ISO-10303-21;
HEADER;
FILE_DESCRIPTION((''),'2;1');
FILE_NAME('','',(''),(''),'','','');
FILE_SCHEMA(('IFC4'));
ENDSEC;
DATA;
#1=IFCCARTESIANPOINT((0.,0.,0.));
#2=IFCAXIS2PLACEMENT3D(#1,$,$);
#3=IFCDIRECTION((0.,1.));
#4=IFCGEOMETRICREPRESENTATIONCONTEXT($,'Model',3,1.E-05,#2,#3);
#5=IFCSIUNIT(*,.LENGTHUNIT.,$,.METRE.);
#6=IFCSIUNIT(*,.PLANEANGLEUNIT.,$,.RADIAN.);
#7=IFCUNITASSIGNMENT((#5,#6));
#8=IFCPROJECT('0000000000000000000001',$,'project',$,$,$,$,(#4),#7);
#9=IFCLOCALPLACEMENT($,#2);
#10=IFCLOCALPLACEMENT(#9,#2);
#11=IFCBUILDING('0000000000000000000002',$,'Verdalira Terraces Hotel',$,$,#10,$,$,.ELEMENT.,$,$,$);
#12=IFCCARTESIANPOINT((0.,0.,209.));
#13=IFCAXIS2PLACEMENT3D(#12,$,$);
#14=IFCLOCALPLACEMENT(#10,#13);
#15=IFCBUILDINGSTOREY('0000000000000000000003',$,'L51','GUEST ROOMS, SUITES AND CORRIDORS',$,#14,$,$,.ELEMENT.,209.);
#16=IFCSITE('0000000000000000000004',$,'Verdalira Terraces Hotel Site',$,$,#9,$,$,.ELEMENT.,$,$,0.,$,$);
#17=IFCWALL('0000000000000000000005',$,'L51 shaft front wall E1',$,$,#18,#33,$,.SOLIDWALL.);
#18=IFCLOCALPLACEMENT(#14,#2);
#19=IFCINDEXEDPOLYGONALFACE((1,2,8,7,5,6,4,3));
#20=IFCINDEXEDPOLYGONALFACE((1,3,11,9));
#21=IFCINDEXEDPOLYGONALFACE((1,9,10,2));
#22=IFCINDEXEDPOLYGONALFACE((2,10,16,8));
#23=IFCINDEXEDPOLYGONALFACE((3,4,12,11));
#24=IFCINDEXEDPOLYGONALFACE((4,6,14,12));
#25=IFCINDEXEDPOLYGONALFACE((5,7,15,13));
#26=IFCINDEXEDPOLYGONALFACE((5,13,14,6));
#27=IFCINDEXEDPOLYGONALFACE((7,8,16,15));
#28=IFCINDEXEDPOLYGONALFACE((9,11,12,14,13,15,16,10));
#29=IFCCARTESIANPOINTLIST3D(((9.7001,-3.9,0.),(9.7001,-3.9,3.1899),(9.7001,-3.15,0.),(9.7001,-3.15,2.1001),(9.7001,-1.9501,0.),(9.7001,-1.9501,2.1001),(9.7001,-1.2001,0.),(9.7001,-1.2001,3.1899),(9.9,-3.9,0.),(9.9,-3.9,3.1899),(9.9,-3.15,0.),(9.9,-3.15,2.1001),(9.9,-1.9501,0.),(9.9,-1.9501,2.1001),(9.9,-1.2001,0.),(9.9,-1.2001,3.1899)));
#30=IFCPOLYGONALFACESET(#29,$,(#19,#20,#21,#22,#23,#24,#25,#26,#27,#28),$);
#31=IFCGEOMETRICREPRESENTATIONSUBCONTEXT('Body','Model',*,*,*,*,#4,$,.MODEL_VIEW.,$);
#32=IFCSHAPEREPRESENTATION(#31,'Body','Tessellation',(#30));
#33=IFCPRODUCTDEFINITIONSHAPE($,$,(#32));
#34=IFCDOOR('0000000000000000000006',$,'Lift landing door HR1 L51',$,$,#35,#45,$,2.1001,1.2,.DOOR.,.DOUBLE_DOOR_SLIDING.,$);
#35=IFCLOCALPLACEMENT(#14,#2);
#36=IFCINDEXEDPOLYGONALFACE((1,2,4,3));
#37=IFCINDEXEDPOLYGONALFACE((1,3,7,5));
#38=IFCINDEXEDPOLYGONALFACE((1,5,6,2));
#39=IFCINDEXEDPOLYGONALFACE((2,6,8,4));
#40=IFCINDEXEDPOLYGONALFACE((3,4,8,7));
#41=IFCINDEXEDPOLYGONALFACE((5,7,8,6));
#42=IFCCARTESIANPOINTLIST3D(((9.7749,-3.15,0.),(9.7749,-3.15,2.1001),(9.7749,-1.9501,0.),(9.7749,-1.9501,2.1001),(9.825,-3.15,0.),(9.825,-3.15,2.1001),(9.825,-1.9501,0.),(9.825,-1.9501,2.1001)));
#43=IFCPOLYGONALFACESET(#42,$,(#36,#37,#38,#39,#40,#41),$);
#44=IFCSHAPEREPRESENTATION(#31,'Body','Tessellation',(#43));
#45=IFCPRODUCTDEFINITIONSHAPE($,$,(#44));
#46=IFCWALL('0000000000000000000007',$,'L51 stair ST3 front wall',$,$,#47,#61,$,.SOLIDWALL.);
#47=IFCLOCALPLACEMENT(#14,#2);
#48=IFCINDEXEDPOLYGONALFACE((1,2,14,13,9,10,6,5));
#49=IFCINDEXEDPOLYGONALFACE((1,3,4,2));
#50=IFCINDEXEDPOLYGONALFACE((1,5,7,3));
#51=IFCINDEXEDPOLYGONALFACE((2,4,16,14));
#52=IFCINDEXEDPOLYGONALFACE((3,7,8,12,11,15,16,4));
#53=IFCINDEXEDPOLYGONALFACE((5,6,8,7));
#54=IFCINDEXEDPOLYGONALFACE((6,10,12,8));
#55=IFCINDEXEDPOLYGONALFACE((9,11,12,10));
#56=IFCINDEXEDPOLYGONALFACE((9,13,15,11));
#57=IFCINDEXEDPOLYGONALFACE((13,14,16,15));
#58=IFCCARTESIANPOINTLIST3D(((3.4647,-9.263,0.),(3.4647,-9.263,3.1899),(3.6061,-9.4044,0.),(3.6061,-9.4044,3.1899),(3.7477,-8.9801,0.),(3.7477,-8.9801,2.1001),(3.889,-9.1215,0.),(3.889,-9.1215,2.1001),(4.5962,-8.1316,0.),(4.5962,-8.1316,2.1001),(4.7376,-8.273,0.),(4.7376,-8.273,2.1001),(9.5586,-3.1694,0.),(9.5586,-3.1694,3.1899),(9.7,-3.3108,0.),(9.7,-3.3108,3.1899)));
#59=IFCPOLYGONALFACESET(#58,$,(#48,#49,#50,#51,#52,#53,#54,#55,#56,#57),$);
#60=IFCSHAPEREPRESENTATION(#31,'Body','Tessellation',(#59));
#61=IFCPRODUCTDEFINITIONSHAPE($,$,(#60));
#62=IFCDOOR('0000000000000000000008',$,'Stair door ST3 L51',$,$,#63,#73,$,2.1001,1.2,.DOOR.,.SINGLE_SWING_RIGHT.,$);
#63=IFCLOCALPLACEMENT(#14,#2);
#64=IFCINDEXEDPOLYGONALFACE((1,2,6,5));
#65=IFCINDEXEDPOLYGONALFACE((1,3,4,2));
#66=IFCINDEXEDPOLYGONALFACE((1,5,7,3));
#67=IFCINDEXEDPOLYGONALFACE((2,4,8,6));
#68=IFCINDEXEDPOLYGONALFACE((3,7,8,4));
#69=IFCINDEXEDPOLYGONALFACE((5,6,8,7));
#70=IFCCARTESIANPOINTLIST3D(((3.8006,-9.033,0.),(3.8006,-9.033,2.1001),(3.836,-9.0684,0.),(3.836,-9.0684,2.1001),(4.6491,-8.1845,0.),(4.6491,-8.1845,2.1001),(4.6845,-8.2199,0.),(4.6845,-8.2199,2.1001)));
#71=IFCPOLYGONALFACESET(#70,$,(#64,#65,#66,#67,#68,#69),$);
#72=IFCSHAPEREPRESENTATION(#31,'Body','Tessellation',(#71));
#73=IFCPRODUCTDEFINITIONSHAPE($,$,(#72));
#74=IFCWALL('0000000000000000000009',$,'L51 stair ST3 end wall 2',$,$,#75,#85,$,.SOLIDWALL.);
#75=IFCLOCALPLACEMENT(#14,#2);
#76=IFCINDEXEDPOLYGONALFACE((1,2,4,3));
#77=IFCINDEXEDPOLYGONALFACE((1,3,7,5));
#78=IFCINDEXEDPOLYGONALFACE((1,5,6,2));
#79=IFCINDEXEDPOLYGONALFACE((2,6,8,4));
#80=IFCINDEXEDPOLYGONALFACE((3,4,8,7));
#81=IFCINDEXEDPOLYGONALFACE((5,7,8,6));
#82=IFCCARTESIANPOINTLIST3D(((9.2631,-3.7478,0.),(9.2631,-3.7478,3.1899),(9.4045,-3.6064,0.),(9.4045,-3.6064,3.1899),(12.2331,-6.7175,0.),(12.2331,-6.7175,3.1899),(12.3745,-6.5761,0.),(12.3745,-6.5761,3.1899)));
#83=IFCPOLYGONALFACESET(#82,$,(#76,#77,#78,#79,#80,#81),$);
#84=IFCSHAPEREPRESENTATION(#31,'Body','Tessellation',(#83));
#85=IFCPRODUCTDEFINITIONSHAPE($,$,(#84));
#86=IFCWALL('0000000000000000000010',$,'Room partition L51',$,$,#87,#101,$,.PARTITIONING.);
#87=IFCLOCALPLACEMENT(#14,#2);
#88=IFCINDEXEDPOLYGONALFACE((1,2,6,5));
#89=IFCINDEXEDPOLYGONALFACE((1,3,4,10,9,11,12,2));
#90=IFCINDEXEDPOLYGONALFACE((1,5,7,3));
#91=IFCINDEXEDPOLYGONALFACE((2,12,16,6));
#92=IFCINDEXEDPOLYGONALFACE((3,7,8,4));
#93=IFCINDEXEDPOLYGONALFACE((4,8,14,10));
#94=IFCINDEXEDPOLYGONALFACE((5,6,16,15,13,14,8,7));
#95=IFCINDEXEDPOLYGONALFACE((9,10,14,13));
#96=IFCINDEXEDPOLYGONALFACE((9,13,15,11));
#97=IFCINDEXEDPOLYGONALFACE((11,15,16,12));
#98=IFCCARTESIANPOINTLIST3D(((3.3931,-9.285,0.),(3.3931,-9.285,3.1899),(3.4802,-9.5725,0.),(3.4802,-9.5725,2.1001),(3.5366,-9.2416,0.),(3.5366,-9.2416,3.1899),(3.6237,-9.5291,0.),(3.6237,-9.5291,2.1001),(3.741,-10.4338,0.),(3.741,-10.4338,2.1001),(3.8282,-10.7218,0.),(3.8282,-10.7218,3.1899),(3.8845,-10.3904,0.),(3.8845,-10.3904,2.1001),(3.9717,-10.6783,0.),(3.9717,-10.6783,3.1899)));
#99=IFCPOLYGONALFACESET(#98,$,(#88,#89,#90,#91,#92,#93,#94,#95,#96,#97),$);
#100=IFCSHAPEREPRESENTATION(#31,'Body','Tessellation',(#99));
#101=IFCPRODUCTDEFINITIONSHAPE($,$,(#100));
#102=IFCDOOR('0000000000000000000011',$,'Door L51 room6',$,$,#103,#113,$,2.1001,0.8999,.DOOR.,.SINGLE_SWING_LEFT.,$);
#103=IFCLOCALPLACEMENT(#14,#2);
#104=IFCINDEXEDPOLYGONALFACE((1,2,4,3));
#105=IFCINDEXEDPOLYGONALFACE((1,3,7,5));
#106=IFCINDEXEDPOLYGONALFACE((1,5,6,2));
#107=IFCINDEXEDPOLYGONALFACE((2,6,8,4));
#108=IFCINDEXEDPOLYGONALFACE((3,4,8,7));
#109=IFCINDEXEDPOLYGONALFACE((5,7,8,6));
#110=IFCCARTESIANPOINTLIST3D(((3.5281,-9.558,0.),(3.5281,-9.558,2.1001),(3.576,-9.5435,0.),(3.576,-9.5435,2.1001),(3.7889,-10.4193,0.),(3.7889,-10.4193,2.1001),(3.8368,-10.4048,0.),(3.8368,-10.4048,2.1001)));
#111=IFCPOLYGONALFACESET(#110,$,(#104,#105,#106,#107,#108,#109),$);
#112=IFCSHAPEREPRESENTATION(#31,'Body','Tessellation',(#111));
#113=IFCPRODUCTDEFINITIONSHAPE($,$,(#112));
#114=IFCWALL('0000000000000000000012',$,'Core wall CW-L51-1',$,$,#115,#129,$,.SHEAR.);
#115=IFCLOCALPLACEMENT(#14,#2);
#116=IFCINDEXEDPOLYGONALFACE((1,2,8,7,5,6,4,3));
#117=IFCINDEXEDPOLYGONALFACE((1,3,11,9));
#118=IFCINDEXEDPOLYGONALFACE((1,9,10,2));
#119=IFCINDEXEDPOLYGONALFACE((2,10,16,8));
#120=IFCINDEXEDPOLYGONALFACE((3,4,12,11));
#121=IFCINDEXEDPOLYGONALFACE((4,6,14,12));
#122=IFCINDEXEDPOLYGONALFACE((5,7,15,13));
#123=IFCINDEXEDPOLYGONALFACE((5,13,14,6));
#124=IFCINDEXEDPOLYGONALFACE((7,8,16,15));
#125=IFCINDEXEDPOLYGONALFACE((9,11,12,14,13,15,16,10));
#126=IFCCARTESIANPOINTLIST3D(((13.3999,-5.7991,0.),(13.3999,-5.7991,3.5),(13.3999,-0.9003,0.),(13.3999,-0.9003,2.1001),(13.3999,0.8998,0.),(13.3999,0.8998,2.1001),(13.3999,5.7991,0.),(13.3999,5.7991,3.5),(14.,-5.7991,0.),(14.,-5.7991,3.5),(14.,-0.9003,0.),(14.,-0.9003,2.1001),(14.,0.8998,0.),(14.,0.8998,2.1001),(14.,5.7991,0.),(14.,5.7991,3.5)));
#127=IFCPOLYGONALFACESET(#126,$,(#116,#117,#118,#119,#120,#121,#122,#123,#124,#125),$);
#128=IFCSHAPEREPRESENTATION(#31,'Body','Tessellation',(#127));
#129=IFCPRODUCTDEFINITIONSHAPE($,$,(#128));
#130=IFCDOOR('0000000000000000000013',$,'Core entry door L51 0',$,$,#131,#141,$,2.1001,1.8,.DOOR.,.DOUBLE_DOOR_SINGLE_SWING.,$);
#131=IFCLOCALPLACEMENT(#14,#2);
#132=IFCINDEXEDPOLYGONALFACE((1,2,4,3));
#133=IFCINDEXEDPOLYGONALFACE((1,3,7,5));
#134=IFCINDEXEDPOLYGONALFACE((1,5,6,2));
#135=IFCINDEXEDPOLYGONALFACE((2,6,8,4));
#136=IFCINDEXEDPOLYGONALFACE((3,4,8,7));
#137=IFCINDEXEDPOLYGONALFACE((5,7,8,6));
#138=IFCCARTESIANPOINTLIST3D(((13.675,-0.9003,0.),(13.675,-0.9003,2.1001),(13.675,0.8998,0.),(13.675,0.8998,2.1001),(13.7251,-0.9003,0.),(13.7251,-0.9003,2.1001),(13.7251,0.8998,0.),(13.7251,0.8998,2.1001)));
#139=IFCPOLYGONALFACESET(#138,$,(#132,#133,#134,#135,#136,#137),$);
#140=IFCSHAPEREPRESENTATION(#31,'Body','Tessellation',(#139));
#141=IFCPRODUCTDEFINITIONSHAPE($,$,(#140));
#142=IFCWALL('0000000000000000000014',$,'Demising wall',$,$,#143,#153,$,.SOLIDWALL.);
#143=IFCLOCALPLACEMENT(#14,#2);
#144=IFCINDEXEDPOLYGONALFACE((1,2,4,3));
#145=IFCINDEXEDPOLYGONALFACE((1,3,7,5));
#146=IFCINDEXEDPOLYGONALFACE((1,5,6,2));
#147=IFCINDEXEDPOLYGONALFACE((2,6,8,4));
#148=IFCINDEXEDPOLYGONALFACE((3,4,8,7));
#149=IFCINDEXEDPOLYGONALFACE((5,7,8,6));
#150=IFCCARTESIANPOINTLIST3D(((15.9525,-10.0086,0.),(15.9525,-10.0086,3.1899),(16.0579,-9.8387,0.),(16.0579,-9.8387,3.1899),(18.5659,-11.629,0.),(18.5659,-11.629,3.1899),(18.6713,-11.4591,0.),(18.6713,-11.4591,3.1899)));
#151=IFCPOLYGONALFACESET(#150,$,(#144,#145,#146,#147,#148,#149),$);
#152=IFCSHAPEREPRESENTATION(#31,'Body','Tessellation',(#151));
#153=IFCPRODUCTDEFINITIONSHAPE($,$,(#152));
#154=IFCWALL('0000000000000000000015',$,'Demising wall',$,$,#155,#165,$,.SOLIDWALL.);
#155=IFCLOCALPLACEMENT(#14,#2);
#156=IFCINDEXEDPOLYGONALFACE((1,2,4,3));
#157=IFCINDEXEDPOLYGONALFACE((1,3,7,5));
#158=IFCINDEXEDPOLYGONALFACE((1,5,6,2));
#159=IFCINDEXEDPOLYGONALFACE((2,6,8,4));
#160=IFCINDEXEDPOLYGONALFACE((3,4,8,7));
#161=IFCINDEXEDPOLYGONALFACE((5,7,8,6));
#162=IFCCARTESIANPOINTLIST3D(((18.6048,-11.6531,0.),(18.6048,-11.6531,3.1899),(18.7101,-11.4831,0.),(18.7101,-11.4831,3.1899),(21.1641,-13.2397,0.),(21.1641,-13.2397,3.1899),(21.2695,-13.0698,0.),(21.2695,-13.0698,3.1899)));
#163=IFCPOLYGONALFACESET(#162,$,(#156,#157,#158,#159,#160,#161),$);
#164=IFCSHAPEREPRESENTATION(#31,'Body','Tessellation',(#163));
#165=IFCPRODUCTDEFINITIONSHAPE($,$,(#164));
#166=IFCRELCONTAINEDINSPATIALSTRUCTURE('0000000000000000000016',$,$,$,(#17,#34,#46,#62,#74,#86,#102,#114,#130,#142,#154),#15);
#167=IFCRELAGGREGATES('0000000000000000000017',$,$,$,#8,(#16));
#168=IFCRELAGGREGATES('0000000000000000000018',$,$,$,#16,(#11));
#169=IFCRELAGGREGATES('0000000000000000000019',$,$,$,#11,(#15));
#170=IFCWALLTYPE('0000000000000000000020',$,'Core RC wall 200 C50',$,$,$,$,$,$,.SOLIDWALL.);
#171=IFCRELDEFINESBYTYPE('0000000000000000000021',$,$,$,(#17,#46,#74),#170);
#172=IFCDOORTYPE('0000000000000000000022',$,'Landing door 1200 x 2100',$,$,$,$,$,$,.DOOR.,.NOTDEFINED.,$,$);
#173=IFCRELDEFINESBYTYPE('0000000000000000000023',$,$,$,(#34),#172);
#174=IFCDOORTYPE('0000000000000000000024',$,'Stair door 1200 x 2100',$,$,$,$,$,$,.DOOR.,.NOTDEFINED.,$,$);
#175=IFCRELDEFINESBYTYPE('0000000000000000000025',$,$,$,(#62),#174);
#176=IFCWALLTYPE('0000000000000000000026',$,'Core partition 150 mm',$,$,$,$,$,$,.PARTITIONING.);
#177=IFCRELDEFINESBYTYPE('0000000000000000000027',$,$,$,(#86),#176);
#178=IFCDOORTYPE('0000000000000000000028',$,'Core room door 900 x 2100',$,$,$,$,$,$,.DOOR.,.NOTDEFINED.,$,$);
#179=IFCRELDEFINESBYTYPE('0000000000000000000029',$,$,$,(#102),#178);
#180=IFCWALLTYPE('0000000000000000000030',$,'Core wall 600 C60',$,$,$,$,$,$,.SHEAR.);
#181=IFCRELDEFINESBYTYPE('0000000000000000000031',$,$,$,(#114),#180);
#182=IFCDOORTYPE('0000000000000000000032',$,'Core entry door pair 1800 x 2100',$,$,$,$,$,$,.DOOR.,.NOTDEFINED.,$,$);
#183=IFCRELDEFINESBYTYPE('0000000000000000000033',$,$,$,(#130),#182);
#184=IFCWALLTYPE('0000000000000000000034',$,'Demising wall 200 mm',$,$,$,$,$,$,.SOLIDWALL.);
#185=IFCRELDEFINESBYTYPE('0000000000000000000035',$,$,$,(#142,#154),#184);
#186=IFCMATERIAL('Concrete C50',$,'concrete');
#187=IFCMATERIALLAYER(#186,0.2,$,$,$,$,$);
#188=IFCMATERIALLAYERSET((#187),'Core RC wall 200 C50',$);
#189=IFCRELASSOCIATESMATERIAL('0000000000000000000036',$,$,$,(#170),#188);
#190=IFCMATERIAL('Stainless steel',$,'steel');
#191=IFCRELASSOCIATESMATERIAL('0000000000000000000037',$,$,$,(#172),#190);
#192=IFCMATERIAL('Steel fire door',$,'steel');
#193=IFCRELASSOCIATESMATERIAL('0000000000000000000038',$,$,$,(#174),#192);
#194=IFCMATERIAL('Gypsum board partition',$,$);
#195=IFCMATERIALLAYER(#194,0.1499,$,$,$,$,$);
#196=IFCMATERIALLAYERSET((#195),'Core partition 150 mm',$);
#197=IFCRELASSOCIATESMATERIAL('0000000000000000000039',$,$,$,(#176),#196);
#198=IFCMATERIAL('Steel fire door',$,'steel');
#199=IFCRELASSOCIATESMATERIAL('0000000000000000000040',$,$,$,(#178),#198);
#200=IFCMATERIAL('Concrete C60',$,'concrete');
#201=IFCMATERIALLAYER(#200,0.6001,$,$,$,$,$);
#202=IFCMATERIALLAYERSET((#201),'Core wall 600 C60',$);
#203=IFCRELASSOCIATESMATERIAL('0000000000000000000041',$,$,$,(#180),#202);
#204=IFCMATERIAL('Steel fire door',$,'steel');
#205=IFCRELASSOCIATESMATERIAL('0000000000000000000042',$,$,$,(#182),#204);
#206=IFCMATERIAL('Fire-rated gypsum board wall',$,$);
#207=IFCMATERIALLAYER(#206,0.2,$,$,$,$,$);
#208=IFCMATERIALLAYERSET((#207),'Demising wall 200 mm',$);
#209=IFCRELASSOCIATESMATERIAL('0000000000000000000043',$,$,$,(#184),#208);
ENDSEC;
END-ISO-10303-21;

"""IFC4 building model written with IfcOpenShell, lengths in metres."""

from ifc_helpers import new_model, si_unit, direction, frame, frame_2d, origin, place, context, subcontext, project, spatial, rectangle, extrude, material, layer, layer_set, type_object, element, fill, save


model = new_model("IFC4")

# Units and contexts
model_context = context("Model", 3, precision=1e-05, world=origin(), true_north=direction((0.0, 1.0)))
body_context = subcontext(model_context, "Body", "Model", "MODEL_VIEW")
ifc_project = project(units=[si_unit("LENGTHUNIT", "METRE"), si_unit("PLANEANGLEUNIT", "RADIAN")], contexts=[model_context])

# Site, building, storey
site_placement = place(None, origin())
site = spatial("IfcSite", under=ifc_project, at=site_placement, Name="Verdalira Terraces Hotel Site", CompositionType="ELEMENT", RefElevation=0.0)
building_placement = place(site_placement, origin())
building = spatial("IfcBuilding", under=site, at=building_placement, Name="Verdalira Terraces Hotel", CompositionType="ELEMENT")
storey_placement = place(building_placement, frame((0.0, 0.0, 209.0)))
storey = spatial("IfcBuildingStorey", under=building, at=storey_placement, Name="L51", Description="GUEST ROOMS, SUITES AND CORRIDORS", CompositionType="ELEMENT", Elevation=209.0)

# Walls, openings, doors
ifc_material_1 = material(Name="Concrete C50", Category="concrete")
ifc_layer_1 = layer(ifc_material_1, 0.2)
ifc_layer_set_1 = layer_set([ifc_layer_1], Name="Core RC wall 200 C50")
wall_type_1 = type_object("IfcWallType", Name="Core RC wall 200 C50", PredefinedType="SOLIDWALL", material=ifc_layer_set_1)
wall_1_placement = place(storey_placement, frame((9.8, -1.2, 0.0), z_axis=(0.0, 0.0, 1.0), x_axis=(0.0, -1.0, 0.0)))
wall_1 = element("IfcWall", 1, at=wall_1_placement, inside=storey, type_object=wall_type_1, Name="L51 shaft front wall E1", PredefinedType="SOLIDWALL", context=body_context, shape_type="SweptSolid", body=[
    extrude(rectangle(XDim=2.7, YDim=0.2, at=frame_2d((1.3501, 0.0))), origin(), (0.0, 0.0, 1.0), 3.1899),
])
opening_1_placement = place(wall_1_placement, frame((0.75, 0.0, 0.0)))
opening_1 = element("IfcOpeningElement", 2, at=opening_1_placement, cuts=wall_1, PredefinedType="OPENING", context=body_context, shape_type="SweptSolid", body=[
    extrude(rectangle(XDim=1.2, YDim=2.1001, at=frame_2d((0.6001, 1.05))), frame((0.0, 0.1099, 0.0), z_axis=(0.0, -1.0, 0.0), x_axis=(1.0, 0.0, 0.0)), (0.0, 0.0, 1.0), 0.22),
])
ifc_material_2 = material(Name="Stainless steel", Category="steel")
door_type_1 = type_object("IfcDoorType", Name="Landing door 1200 x 2100", OperationType="NOTDEFINED", PredefinedType="DOOR", material=ifc_material_2)
door_1_placement = place(opening_1_placement, origin())
door_1 = element("IfcDoor", 3, at=door_1_placement, inside=storey, type_object=door_type_1, Name="Lift landing door HR1 L51", OperationType="DOUBLE_DOOR_SLIDING", OverallHeight=2.1001, OverallWidth=1.2, PredefinedType="DOOR", context=body_context, shape_type="SweptSolid", body=[
    extrude(rectangle(XDim=1.2, YDim=2.1001, at=frame_2d((0.6001, 1.05))), frame((0.0, 0.0249, 0.0), z_axis=(0.0, -1.0, 0.0), x_axis=(1.0, 0.0, 0.0)), (0.0, 0.0, 1.0), 0.05),
])
fill(opening_1, door_1)
wall_2_placement = place(storey_placement, frame((9.6294, -3.24, 0.0), z_axis=(0.0, 0.0, 1.0), x_axis=(-0.707121, -0.707093, 0.0)))
wall_2 = element("IfcWall", 4, at=wall_2_placement, inside=storey, type_object=wall_type_1, Name="L51 stair ST3 front wall", PredefinedType="SOLIDWALL", context=body_context, shape_type="SweptSolid", body=[
    extrude(rectangle(XDim=8.6179, YDim=0.2, at=frame_2d((4.3091, 0.0))), origin(), (0.0, 0.0, 1.0), 3.1899),
])
opening_2_placement = place(wall_2_placement, frame((7.0178, 0.0, 0.0)))
opening_2 = element("IfcOpeningElement", 5, at=opening_2_placement, cuts=wall_2, PredefinedType="OPENING", context=body_context, shape_type="SweptSolid", body=[
    extrude(rectangle(XDim=1.2, YDim=2.1001, at=frame_2d((0.6001, 1.05))), frame((0.0, 0.1099, 0.0), z_axis=(0.0, -1.0, 0.0), x_axis=(1.0, 0.0, 0.0)), (0.0, 0.0, 1.0), 0.22),
])
ifc_material_3 = material(Name="Steel fire door", Category="steel")
door_type_2 = type_object("IfcDoorType", Name="Stair door 1200 x 2100", OperationType="NOTDEFINED", PredefinedType="DOOR", material=ifc_material_3)
door_2_placement = place(opening_2_placement, origin())
door_2 = element("IfcDoor", 6, at=door_2_placement, inside=storey, type_object=door_type_2, Name="Stair door ST3 L51", OperationType="SINGLE_SWING_RIGHT", OverallHeight=2.1001, OverallWidth=1.2, PredefinedType="DOOR", context=body_context, shape_type="SweptSolid", body=[
    extrude(rectangle(XDim=1.2, YDim=2.1001, at=frame_2d((0.6001, 1.05))), frame((0.0, 0.0249, 0.0), z_axis=(0.0, -1.0, 0.0), x_axis=(1.0, 0.0, 0.0)), (0.0, 0.0, 1.0), 0.05),
])
fill(opening_2, door_2)

# Wall
wall_3_placement = place(storey_placement, frame((9.3337, -3.677, 0.0), z_axis=(0.0, 0.0, 1.0), x_axis=(0.707136, -0.707078, 0.0)))
element("IfcWall", 7, at=wall_3_placement, inside=storey, type_object=wall_type_1, Name="L51 stair ST3 end wall 2", PredefinedType="SOLIDWALL", context=body_context, shape_type="SweptSolid", body=[
    extrude(rectangle(XDim=4.2, YDim=0.2, at=frame_2d((2.1001, 0.0))), origin(), (0.0, 0.0, 1.0), 3.1899),
])

# Walls, openings, doors
ifc_material_4 = material(Name="Gypsum board partition")
ifc_layer_2 = layer(ifc_material_4, 0.1499)
ifc_layer_set_2 = layer_set([ifc_layer_2], Name="Core partition 150 mm")
wall_type_2 = type_object("IfcWallType", Name="Core partition 150 mm", PredefinedType="PARTITIONING", material=ifc_layer_set_2)
wall_4_placement = place(storey_placement, frame((3.8999, -10.7, 0.0), z_axis=(0.0, 0.0, 1.0), x_axis=(-0.289809, 0.957085, 0.0)))
wall_4 = element("IfcWall", 8, at=wall_4_placement, inside=storey, type_object=wall_type_2, Name="Room partition L51", PredefinedType="PARTITIONING", context=body_context, shape_type="SweptSolid", body=[
    extrude(rectangle(XDim=1.5012, YDim=0.1499, at=frame_2d((0.7505, 0.0))), origin(), (0.0, 0.0, 1.0), 3.1899),
])
opening_3_placement = place(wall_4_placement, frame((0.3008, 0.0, 0.0)))
opening_3 = element("IfcOpeningElement", 9, at=opening_3_placement, cuts=wall_4, PredefinedType="OPENING", context=body_context, shape_type="SweptSolid", body=[
    extrude(rectangle(XDim=0.8999, YDim=2.1001, at=frame_2d((0.45, 1.05))), frame((0.0, 0.085, 0.0), z_axis=(0.0, -1.0, 0.0), x_axis=(1.0, 0.0, 0.0)), (0.0, 0.0, 1.0), 0.1699),
])
ifc_material_5 = material(Name="Steel fire door", Category="steel")
door_type_3 = type_object("IfcDoorType", Name="Core room door 900 x 2100", OperationType="NOTDEFINED", PredefinedType="DOOR", material=ifc_material_5)
door_3_placement = place(opening_3_placement, origin())
door_3 = element("IfcDoor", 10, at=door_3_placement, inside=storey, type_object=door_type_3, Name="Door L51 room6", OperationType="SINGLE_SWING_LEFT", OverallHeight=2.1001, OverallWidth=0.8999, PredefinedType="DOOR", context=body_context, shape_type="SweptSolid", body=[
    extrude(rectangle(XDim=0.8999, YDim=2.1001, at=frame_2d((0.45, 1.05))), frame((0.0, 0.0249, 0.0), z_axis=(0.0, -1.0, 0.0), x_axis=(1.0, 0.0, 0.0)), (0.0, 0.0, 1.0), 0.05),
])
fill(opening_3, door_3)
ifc_material_6 = material(Name="Concrete C60", Category="concrete")
ifc_layer_3 = layer(ifc_material_6, 0.6001)
ifc_layer_set_3 = layer_set([ifc_layer_3], Name="Core wall 600 C60")
wall_type_3 = type_object("IfcWallType", Name="Core wall 600 C60", PredefinedType="SHEAR", material=ifc_layer_set_3)
wall_5_placement = place(storey_placement, frame((13.7, -5.7991, 0.0), z_axis=(0.0, 0.0, 1.0), x_axis=(0.0, 1.0, 0.0)))
wall_5 = element("IfcWall", 11, at=wall_5_placement, inside=storey, type_object=wall_type_3, Name="Core wall CW-L51-1", PredefinedType="SHEAR", context=body_context, shape_type="SweptSolid", body=[
    extrude(rectangle(XDim=11.5981, YDim=0.6001, at=frame_2d((5.7991, 0.0))), origin(), (0.0, 0.0, 1.0), 3.5),
])
opening_4_placement = place(wall_5_placement, frame((4.8989, 0.0, 0.0)))
opening_4 = element("IfcOpeningElement", 12, at=opening_4_placement, cuts=wall_5, PredefinedType="OPENING", context=body_context, shape_type="SweptSolid", body=[
    extrude(rectangle(XDim=1.8, YDim=2.1001, at=frame_2d((0.8999, 1.05))), frame((0.0, 0.3101, 0.0), z_axis=(0.0, -1.0, 0.0), x_axis=(1.0, 0.0, 0.0)), (0.0, 0.0, 1.0), 0.6201),
])
ifc_material_7 = material(Name="Steel fire door", Category="steel")
door_type_4 = type_object("IfcDoorType", Name="Core entry door pair 1800 x 2100", OperationType="NOTDEFINED", PredefinedType="DOOR", material=ifc_material_7)
door_4_placement = place(opening_4_placement, origin())
door_4 = element("IfcDoor", 13, at=door_4_placement, inside=storey, type_object=door_type_4, Name="Core entry door L51 0", OperationType="DOUBLE_DOOR_SINGLE_SWING", OverallHeight=2.1001, OverallWidth=1.8, PredefinedType="DOOR", context=body_context, shape_type="SweptSolid", body=[
    extrude(rectangle(XDim=1.8, YDim=2.1001, at=frame_2d((0.8999, 1.05))), frame((0.0, 0.0249, 0.0), z_axis=(0.0, -1.0, 0.0), x_axis=(1.0, 0.0, 0.0)), (0.0, 0.0, 1.0), 0.05),
])
fill(opening_4, door_4)

# Walls
ifc_material_8 = material(Name="Fire-rated gypsum board wall")
ifc_layer_4 = layer(ifc_material_8, 0.2)
ifc_layer_set_4 = layer_set([ifc_layer_4], Name="Demising wall 200 mm")
wall_type_4 = type_object("IfcWallType", Name="Demising wall 200 mm", PredefinedType="SOLIDWALL", material=ifc_layer_set_4)
wall_6_placement = place(storey_placement, frame((16.0051, -9.9236, 0.0), z_axis=(0.0, 0.0, 1.0), x_axis=(0.849884, -0.526969, 0.0)))
element("IfcWall", 14, at=wall_6_placement, inside=storey, type_object=wall_type_4, Name="Demising wall", PredefinedType="SOLIDWALL", context=body_context, shape_type="SweptSolid", body=[
    extrude(rectangle(XDim=3.075, YDim=0.2, at=frame_2d((1.5376, 0.0))), origin(), (0.0, 0.0, 1.0), 3.1899),
])
wall_7_placement = place(storey_placement, frame((18.6575, -11.5681, 0.0), z_axis=(0.0, 0.0, 1.0), x_axis=(0.849919, -0.526913, 0.0)))
element("IfcWall", 15, at=wall_7_placement, inside=storey, type_object=wall_type_4, Name="Demising wall", PredefinedType="SOLIDWALL", context=body_context, shape_type="SweptSolid", body=[
    extrude(rectangle(XDim=3.0112, YDim=0.2, at=frame_2d((1.5056, 0.0))), origin(), (0.0, 0.0, 1.0), 3.1899),
])

save(model, "model.ifc")
